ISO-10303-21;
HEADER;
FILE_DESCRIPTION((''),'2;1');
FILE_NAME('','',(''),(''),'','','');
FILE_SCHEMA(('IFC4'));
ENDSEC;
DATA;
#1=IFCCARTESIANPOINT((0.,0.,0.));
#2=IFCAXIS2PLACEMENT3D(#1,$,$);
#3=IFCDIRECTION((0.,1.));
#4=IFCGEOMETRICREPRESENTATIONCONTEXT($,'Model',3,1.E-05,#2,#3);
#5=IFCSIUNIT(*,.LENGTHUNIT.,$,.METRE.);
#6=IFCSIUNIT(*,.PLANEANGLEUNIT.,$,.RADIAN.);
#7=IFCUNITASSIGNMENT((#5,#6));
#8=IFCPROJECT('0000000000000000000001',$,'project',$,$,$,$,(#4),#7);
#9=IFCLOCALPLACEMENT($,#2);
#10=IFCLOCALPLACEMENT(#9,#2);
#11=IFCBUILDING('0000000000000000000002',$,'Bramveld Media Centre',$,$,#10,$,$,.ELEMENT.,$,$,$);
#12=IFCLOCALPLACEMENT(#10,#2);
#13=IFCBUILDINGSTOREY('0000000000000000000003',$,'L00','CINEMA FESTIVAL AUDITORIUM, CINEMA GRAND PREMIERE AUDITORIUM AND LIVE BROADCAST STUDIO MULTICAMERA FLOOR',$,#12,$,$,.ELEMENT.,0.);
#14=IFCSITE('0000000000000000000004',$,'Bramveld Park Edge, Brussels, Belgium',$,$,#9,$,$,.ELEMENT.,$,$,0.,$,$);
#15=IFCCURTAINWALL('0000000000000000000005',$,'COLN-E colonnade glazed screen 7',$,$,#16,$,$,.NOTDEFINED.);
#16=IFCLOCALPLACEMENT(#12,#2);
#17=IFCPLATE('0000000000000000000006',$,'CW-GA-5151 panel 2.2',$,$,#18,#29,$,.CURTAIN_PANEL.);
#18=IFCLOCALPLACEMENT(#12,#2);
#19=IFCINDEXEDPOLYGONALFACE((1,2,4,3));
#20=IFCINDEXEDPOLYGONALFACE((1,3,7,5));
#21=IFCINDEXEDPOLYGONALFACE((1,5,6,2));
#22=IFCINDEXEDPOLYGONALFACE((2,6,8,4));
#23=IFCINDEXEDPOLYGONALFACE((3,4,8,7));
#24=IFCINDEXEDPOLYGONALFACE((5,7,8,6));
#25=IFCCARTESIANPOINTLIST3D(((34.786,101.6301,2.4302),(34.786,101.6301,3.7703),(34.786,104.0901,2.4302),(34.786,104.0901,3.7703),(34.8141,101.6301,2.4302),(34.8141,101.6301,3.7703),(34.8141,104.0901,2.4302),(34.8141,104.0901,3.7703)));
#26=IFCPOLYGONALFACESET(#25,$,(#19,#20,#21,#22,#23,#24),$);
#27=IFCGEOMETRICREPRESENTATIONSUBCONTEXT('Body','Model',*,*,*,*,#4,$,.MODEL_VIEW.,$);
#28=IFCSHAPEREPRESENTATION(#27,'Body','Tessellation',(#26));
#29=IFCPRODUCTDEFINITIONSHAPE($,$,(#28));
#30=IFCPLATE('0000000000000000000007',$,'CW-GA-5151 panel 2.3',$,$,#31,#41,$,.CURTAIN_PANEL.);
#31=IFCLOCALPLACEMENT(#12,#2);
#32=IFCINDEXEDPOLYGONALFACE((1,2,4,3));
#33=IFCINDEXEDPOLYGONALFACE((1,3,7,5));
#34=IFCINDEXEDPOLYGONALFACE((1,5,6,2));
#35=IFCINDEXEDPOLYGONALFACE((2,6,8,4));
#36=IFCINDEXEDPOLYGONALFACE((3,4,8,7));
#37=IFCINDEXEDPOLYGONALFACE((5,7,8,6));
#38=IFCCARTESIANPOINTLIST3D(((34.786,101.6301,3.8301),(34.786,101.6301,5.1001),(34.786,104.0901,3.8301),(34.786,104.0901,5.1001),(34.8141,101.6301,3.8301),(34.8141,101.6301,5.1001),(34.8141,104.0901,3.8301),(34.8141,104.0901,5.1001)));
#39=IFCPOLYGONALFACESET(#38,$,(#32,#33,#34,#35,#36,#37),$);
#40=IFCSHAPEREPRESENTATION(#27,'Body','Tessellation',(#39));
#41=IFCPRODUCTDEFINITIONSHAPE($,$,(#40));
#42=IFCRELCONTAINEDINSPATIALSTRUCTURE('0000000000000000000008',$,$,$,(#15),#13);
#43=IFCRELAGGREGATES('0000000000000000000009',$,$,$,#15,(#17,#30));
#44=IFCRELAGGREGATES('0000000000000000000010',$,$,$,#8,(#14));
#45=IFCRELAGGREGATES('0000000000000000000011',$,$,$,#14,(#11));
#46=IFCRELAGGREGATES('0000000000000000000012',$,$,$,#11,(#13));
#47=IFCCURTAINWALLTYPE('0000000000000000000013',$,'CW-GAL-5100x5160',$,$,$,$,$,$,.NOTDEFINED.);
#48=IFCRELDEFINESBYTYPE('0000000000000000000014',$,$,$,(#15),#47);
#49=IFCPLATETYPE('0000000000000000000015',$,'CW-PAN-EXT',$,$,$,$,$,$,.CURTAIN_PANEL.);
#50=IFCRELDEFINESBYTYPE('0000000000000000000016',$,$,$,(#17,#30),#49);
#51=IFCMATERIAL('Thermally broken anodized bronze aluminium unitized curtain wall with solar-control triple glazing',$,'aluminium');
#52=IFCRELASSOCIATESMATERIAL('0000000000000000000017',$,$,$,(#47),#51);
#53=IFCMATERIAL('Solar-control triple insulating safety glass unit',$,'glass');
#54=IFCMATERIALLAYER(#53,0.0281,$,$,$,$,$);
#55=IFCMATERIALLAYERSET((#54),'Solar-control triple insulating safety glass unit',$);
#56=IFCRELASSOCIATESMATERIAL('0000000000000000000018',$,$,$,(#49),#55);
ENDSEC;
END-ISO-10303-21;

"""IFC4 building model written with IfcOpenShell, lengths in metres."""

from ifc_helpers import new_model, si_unit, direction, frame, origin, origin_2d, place, context, subcontext, project, spatial, rectangle, extrude, material, layer, layer_set, type_object, element, aggregate, save


model = new_model("IFC4")

# Units and contexts
model_context = context("Model", 3, precision=1e-05, world=origin(), true_north=direction((0.0, 1.0)))
body_context = subcontext(model_context, "Body", "Model", "MODEL_VIEW")
ifc_project = project(units=[si_unit("LENGTHUNIT", "METRE"), si_unit("PLANEANGLEUNIT", "RADIAN")], contexts=[model_context])

# Site, building, storey
site_placement = place(None, origin())
site = spatial("IfcSite", under=ifc_project, at=site_placement, Name="Bramveld Park Edge, Brussels, Belgium", CompositionType="ELEMENT", RefElevation=0.0)
building_placement = place(site_placement, origin())
building = spatial("IfcBuilding", under=site, at=building_placement, Name="Bramveld Media Centre", CompositionType="ELEMENT")
storey_placement = place(building_placement, origin())
storey = spatial("IfcBuildingStorey", under=building, at=storey_placement, Name="L00", Description="CINEMA FESTIVAL AUDITORIUM, CINEMA GRAND PREMIERE AUDITORIUM AND LIVE BROADCAST STUDIO MULTICAMERA FLOOR", CompositionType="ELEMENT", Elevation=0.0)

# Curtain wall
ifc_material_1 = material(Name="Thermally broken anodized bronze aluminium unitized curtain wall with solar-control triple glazing", Category="aluminium")
curtain_wall_type = type_object("IfcCurtainWallType", Name="CW-GAL-5100x5160", PredefinedType="NOTDEFINED", material=ifc_material_1)
curtain_wall_1_placement = place(storey_placement, origin())
curtain_wall_1 = element("IfcCurtainWall", 1, at=curtain_wall_1_placement, inside=storey, type_object=curtain_wall_type, Name="COLN-E colonnade glazed screen 7", PredefinedType="NOTDEFINED")

# Plates
ifc_material_2 = material(Name="Solar-control triple insulating safety glass unit", Category="glass")
ifc_layer = layer(ifc_material_2, 0.0281)
ifc_layer_set = layer_set([ifc_layer], Name="Solar-control triple insulating safety glass unit")
plate_type = type_object("IfcPlateType", Name="CW-PAN-EXT", PredefinedType="CURTAIN_PANEL", material=ifc_layer_set)
plate_1_placement = place(storey_placement, frame((34.8, 102.8601, 2.4302), z_axis=(0.0, 0.0, 1.0), x_axis=(0.0, 1.0, 0.0)))
plate_1 = element("IfcPlate", 2, at=plate_1_placement, type_object=plate_type, Name="CW-GA-5151 panel 2.2", PredefinedType="CURTAIN_PANEL", context=body_context, shape_type="SweptSolid", body=[
    extrude(rectangle(XDim=2.46, YDim=0.0281, at=origin_2d()), origin(), (0.0, 0.0, 1.0), 1.3401),
])
plate_2_placement = place(storey_placement, frame((34.8, 102.8601, 3.8301), z_axis=(0.0, 0.0, 1.0), x_axis=(0.0, 1.0, 0.0)))
plate_2 = element("IfcPlate", 3, at=plate_2_placement, type_object=plate_type, Name="CW-GA-5151 panel 2.3", PredefinedType="CURTAIN_PANEL", context=body_context, shape_type="SweptSolid", body=[
    extrude(rectangle(XDim=2.46, YDim=0.0281, at=origin_2d()), origin(), (0.0, 0.0, 1.0), 1.27),
])
aggregate(curtain_wall_1, [plate_1, plate_2])

save(model, "model.ifc")
